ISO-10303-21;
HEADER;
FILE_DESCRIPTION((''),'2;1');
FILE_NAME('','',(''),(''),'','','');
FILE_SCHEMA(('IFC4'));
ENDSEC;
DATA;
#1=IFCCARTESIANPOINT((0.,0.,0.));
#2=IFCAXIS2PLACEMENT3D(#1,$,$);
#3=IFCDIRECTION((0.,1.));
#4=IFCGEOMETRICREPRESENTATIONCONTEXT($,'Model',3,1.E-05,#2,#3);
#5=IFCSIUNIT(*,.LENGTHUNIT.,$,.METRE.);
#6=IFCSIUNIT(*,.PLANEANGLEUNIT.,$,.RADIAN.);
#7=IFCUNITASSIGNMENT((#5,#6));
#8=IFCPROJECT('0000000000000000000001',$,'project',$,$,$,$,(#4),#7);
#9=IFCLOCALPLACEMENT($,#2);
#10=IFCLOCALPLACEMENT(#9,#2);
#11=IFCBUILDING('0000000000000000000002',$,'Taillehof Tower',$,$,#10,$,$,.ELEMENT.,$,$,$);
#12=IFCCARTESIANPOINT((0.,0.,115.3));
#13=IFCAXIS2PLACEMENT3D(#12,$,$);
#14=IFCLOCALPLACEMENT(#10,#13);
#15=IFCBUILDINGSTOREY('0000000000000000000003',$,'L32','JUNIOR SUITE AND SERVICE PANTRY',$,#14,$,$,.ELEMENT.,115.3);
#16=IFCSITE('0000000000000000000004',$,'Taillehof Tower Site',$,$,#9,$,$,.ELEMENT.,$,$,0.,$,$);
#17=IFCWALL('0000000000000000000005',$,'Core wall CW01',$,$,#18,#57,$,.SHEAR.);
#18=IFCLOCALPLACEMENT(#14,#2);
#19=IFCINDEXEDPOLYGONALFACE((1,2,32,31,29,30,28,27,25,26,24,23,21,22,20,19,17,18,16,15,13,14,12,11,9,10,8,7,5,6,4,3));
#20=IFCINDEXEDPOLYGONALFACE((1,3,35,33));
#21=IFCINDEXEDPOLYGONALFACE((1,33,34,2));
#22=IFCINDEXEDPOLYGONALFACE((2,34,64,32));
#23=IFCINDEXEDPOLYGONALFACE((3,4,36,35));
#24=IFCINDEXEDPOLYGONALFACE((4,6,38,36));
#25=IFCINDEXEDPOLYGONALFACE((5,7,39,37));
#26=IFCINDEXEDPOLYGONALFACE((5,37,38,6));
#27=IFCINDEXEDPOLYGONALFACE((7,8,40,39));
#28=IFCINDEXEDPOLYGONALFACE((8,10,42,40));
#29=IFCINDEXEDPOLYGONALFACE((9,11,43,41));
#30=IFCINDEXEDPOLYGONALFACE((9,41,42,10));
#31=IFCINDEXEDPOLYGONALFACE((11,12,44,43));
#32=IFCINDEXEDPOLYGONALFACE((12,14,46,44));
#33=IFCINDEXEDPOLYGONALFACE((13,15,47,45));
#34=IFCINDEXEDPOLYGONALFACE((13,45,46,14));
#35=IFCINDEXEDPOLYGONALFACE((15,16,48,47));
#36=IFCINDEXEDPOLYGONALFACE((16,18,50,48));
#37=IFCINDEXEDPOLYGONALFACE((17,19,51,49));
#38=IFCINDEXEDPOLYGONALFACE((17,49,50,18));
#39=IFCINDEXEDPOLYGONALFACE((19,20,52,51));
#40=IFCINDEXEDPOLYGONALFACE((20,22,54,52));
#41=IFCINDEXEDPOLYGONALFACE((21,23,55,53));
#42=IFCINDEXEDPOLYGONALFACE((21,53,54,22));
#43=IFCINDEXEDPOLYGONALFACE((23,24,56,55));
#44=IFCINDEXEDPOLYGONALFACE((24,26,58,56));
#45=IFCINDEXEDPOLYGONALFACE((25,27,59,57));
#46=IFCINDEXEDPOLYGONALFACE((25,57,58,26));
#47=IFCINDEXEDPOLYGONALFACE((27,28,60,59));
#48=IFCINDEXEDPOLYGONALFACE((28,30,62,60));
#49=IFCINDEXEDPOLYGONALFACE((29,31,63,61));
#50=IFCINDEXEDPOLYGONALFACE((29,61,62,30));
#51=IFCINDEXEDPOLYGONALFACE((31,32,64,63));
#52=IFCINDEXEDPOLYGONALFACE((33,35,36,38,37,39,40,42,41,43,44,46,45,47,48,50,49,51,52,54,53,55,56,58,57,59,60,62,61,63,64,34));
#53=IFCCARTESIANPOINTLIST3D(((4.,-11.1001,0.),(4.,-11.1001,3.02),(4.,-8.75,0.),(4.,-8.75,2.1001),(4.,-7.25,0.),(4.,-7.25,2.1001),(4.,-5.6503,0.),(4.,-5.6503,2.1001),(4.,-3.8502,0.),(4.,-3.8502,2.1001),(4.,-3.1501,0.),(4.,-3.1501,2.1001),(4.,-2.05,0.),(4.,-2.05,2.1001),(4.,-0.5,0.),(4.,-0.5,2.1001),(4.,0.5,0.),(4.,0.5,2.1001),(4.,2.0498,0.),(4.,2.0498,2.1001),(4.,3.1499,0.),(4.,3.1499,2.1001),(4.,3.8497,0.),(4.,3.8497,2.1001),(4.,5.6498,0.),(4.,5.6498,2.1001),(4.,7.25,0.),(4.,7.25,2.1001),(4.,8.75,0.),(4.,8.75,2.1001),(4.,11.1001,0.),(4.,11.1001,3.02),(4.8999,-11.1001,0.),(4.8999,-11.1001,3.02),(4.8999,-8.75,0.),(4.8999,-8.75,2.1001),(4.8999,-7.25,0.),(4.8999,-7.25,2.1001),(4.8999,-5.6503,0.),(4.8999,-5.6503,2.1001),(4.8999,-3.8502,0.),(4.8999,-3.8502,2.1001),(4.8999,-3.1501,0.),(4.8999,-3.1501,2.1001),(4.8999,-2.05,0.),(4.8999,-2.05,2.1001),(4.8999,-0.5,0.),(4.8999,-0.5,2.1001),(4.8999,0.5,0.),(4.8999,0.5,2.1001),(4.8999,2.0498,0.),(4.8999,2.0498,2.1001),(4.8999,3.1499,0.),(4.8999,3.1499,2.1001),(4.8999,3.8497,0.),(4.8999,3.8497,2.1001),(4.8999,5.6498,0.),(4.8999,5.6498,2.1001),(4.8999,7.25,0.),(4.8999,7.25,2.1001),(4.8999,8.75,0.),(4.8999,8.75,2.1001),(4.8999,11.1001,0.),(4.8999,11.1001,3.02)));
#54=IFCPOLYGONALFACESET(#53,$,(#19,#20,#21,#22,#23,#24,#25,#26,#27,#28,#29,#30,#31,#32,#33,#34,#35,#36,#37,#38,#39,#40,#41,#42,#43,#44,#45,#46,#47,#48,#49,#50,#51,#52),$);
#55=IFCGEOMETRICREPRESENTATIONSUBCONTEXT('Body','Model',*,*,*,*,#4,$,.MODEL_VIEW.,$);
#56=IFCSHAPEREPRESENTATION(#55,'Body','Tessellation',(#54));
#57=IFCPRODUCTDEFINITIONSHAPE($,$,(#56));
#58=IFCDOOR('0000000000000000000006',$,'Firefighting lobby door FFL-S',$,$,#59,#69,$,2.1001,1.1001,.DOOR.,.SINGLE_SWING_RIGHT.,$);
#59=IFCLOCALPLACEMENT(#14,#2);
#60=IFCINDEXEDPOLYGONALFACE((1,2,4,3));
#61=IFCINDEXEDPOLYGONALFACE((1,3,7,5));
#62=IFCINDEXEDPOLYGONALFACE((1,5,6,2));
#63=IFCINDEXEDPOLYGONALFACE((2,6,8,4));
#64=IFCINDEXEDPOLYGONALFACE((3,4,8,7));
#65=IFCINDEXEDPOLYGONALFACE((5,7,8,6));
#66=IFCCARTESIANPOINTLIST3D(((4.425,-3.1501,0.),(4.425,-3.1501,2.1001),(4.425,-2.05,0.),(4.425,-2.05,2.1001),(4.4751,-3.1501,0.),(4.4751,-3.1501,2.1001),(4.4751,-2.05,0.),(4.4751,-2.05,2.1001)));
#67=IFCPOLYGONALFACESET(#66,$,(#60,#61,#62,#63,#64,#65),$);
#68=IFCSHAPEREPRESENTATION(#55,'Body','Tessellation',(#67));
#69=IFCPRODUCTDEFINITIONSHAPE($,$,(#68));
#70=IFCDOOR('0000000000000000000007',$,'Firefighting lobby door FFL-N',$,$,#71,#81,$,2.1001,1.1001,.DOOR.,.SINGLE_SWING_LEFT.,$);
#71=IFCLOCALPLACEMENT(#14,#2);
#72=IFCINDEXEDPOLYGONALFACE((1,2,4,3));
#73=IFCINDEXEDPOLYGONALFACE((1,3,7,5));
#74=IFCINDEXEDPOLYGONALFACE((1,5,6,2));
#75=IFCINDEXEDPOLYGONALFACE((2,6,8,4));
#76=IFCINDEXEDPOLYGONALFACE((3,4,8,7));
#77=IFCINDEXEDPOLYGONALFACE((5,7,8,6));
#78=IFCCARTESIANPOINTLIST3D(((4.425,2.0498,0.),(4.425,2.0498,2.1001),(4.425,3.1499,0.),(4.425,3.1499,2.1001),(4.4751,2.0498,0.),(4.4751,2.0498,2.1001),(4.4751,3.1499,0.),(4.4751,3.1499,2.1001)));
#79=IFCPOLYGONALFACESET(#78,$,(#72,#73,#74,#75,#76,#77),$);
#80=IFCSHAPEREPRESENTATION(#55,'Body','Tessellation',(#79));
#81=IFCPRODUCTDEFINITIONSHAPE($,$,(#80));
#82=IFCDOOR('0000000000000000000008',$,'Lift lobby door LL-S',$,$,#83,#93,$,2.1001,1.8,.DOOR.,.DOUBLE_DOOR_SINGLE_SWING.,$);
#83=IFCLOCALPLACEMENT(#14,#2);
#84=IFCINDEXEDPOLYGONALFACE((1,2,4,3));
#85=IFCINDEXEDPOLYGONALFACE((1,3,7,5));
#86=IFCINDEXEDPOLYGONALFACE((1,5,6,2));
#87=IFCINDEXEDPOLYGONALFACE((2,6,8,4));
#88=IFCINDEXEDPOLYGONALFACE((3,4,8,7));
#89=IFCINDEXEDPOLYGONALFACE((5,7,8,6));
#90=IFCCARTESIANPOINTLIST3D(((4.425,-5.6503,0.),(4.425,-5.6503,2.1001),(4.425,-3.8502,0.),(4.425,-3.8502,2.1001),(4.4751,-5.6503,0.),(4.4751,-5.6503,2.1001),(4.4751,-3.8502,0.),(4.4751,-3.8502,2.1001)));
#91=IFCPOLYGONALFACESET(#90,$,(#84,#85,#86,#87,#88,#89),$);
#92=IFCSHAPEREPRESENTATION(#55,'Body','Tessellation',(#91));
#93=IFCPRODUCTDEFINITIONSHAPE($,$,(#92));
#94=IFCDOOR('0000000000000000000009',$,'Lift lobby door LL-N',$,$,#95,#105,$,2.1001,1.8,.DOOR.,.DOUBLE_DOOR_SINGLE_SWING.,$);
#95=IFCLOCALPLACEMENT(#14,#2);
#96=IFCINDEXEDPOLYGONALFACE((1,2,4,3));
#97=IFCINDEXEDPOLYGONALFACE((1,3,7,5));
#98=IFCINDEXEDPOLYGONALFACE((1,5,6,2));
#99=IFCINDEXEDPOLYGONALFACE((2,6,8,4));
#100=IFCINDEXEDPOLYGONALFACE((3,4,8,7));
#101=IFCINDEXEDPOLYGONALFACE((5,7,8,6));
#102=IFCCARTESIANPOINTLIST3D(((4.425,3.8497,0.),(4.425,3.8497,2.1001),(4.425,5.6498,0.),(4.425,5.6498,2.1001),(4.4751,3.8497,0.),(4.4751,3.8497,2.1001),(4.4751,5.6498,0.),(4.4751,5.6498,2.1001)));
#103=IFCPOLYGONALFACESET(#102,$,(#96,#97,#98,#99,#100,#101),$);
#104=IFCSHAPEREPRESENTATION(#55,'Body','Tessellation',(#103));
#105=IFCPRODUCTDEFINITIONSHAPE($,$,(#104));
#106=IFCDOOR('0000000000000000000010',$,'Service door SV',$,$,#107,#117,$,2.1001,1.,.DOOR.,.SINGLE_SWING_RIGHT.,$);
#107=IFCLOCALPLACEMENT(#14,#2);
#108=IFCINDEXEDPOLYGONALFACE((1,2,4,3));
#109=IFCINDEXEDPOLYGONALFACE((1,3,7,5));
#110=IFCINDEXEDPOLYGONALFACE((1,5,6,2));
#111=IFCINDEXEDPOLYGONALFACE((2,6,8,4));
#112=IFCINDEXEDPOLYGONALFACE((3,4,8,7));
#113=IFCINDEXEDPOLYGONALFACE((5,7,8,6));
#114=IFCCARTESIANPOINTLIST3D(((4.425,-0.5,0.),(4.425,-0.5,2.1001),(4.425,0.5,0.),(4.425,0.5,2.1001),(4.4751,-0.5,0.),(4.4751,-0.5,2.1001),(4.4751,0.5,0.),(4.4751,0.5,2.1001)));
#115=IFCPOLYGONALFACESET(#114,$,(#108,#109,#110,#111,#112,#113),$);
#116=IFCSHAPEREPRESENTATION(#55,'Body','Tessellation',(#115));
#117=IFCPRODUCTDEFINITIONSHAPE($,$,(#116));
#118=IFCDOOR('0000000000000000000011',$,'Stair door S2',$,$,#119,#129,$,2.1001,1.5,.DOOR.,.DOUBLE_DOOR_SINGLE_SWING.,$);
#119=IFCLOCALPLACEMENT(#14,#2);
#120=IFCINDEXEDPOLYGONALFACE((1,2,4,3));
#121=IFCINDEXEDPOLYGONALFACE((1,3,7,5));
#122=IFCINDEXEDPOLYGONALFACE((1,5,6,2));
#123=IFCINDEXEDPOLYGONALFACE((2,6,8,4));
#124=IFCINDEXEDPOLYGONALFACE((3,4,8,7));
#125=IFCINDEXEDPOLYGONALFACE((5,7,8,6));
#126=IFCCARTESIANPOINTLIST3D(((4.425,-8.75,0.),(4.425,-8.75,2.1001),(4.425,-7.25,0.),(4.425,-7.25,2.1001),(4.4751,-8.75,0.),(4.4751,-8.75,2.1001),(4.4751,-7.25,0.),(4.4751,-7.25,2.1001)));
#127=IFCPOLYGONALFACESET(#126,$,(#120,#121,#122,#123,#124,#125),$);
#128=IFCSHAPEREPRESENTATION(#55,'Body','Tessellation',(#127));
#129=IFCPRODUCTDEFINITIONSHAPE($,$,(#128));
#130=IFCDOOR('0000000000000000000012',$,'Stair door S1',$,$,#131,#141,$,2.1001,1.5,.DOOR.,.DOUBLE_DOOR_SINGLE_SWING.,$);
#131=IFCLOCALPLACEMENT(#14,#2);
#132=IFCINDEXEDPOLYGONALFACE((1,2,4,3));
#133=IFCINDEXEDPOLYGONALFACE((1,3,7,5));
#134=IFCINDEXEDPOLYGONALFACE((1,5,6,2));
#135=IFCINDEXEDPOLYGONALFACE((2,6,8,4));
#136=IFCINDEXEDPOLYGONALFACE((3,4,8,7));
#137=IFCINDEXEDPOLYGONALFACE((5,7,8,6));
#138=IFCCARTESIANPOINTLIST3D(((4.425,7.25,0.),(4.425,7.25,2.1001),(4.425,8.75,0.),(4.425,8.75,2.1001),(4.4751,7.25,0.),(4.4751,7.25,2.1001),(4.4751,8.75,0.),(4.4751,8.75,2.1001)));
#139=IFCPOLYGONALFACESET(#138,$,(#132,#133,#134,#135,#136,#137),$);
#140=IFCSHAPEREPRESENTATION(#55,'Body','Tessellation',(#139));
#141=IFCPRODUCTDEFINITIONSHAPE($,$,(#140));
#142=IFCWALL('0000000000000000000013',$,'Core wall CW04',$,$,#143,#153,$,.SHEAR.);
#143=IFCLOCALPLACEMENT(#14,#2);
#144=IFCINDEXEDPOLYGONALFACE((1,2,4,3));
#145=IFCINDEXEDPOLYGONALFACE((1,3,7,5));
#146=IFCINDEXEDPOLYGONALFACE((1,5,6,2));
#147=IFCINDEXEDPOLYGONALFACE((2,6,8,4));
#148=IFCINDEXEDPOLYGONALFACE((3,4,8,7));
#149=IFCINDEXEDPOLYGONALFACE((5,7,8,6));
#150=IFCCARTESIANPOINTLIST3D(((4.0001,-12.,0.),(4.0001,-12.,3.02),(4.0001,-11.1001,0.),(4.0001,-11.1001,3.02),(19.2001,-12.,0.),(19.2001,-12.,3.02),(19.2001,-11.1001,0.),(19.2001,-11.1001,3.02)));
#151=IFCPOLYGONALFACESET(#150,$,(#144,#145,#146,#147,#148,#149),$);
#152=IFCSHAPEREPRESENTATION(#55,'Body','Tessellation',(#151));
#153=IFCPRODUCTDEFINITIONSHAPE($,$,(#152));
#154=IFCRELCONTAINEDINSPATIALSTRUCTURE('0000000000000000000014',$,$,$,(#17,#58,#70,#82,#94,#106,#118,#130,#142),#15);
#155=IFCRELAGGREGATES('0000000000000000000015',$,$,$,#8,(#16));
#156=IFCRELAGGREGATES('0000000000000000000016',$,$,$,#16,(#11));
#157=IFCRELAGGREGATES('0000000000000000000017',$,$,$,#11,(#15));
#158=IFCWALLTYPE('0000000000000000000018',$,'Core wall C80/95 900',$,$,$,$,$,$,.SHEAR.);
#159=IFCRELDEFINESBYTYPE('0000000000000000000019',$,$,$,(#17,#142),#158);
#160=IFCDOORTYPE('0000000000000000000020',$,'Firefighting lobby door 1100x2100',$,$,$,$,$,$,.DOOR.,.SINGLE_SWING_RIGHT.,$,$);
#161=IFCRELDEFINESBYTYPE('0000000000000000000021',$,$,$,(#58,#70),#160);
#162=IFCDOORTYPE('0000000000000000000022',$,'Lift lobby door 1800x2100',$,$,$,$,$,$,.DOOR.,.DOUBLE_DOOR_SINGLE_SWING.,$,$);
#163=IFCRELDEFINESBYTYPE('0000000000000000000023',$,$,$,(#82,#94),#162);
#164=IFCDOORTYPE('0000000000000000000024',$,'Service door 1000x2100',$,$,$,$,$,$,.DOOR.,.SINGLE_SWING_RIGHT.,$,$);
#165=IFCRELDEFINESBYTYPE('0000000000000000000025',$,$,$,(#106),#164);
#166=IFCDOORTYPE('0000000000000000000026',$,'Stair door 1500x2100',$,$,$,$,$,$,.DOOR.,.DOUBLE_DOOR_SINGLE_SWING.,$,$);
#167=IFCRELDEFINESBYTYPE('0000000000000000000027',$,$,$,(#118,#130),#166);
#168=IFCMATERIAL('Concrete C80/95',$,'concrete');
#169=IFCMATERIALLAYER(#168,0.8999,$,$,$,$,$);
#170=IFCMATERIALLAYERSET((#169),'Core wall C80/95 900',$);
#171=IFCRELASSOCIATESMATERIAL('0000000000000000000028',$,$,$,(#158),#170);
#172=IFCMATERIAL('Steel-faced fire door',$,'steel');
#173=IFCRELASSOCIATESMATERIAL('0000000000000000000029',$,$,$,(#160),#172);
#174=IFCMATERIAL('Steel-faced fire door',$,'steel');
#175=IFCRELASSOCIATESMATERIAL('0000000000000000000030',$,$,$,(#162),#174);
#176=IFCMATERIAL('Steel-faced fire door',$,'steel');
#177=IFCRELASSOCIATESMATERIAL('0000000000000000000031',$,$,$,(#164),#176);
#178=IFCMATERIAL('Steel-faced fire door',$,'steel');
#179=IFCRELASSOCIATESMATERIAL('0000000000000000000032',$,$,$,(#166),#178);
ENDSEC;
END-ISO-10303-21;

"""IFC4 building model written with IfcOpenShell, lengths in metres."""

from ifc_helpers import new_model, si_unit, direction, frame, frame_2d, origin, place, context, subcontext, project, spatial, rectangle, extrude, material, layer, layer_set, type_object, element, fill, save


model = new_model("IFC4")

# Units and contexts
model_context = context("Model", 3, precision=1e-05, world=origin(), true_north=direction((0.0, 1.0)))
body_context = subcontext(model_context, "Body", "Model", "MODEL_VIEW")
ifc_project = project(units=[si_unit("LENGTHUNIT", "METRE"), si_unit("PLANEANGLEUNIT", "RADIAN")], contexts=[model_context])

# Site, building, storey
site_placement = place(None, origin())
site = spatial("IfcSite", under=ifc_project, at=site_placement, Name="Taillehof Tower Site", CompositionType="ELEMENT", RefElevation=0.0)
building_placement = place(site_placement, origin())
building = spatial("IfcBuilding", under=site, at=building_placement, Name="Taillehof Tower", CompositionType="ELEMENT")
storey_placement = place(building_placement, frame((0.0, 0.0, 115.3)))
storey = spatial("IfcBuildingStorey", under=building, at=storey_placement, Name="L32", Description="JUNIOR SUITE AND SERVICE PANTRY", CompositionType="ELEMENT", Elevation=115.3)

# Wall, openings, doors
ifc_material_1 = material(Name="Concrete C80/95", Category="concrete")
ifc_layer_1 = layer(ifc_material_1, 0.8999)
ifc_layer_set_1 = layer_set([ifc_layer_1], Name="Core wall C80/95 900")
wall_type_1 = type_object("IfcWallType", Name="Core wall C80/95 900", PredefinedType="SHEAR", material=ifc_layer_set_1)
wall_1_placement = place(storey_placement, frame((4.45, -11.1001, 0.0), z_axis=(0.0, 0.0, 1.0), x_axis=(0.0, 1.0, 0.0)))
wall_1 = element("IfcWall", 1, at=wall_1_placement, inside=storey, type_object=wall_type_1, Name="Core wall CW01", PredefinedType="SHEAR", context=body_context, shape_type="SweptSolid", body=[
    extrude(rectangle(XDim=22.2002, YDim=0.8999, at=frame_2d((11.1001, 0.0))), origin(), (0.0, 0.0, 1.0), 3.02),
])
opening_1_placement = place(wall_1_placement, frame((2.3501, 0.0, 0.0)))
opening_1 = element("IfcOpeningElement", 2, at=opening_1_placement, cuts=wall_1, PredefinedType="OPENING", context=body_context, shape_type="SweptSolid", body=[
    extrude(rectangle(XDim=1.5, YDim=2.1001, at=frame_2d((0.75, 1.05))), frame((0.0, 0.46, 0.0), z_axis=(0.0, -1.0, 0.0), x_axis=(1.0, 0.0, 0.0)), (0.0, 0.0, 1.0), 0.9199),
])
opening_2_placement = place(wall_1_placement, frame((5.45, 0.0, 0.0)))
opening_2 = element("IfcOpeningElement", 3, at=opening_2_placement, cuts=wall_1, PredefinedType="OPENING", context=body_context, shape_type="SweptSolid", body=[
    extrude(rectangle(XDim=1.8, YDim=2.1001, at=frame_2d((0.8999, 1.05))), frame((0.0, 0.46, 0.0), z_axis=(0.0, -1.0, 0.0), x_axis=(1.0, 0.0, 0.0)), (0.0, 0.0, 1.0), 0.9199),
])
opening_3_placement = place(wall_1_placement, frame((7.95, 0.0, 0.0)))
opening_3 = element("IfcOpeningElement", 4, at=opening_3_placement, cuts=wall_1, PredefinedType="OPENING", context=body_context, shape_type="SweptSolid", body=[
    extrude(rectangle(XDim=1.1001, YDim=2.1001, at=frame_2d((0.55, 1.05))), frame((0.0, 0.46, 0.0), z_axis=(0.0, -1.0, 0.0), x_axis=(1.0, 0.0, 0.0)), (0.0, 0.0, 1.0), 0.9199),
])
opening_4_placement = place(wall_1_placement, frame((10.6001, 0.0, 0.0)))
opening_4 = element("IfcOpeningElement", 5, at=opening_4_placement, cuts=wall_1, PredefinedType="OPENING", context=body_context, shape_type="SweptSolid", body=[
    extrude(rectangle(XDim=1.0, YDim=2.1001, at=frame_2d((0.5, 1.05))), frame((0.0, 0.46, 0.0), z_axis=(0.0, -1.0, 0.0), x_axis=(1.0, 0.0, 0.0)), (0.0, 0.0, 1.0), 0.9199),
])
opening_5_placement = place(wall_1_placement, frame((13.1499, 0.0, 0.0)))
opening_5 = element("IfcOpeningElement", 6, at=opening_5_placement, cuts=wall_1, PredefinedType="OPENING", context=body_context, shape_type="SweptSolid", body=[
    extrude(rectangle(XDim=1.1001, YDim=2.1001, at=frame_2d((0.55, 1.05))), frame((0.0, 0.46, 0.0), z_axis=(0.0, -1.0, 0.0), x_axis=(1.0, 0.0, 0.0)), (0.0, 0.0, 1.0), 0.9199),
])
opening_6_placement = place(wall_1_placement, frame((14.95, 0.0, 0.0)))
opening_6 = element("IfcOpeningElement", 7, at=opening_6_placement, cuts=wall_1, PredefinedType="OPENING", context=body_context, shape_type="SweptSolid", body=[
    extrude(rectangle(XDim=1.8, YDim=2.1001, at=frame_2d((0.8999, 1.05))), frame((0.0, 0.46, 0.0), z_axis=(0.0, -1.0, 0.0), x_axis=(1.0, 0.0, 0.0)), (0.0, 0.0, 1.0), 0.9199),
])
opening_7_placement = place(wall_1_placement, frame((18.3501, 0.0, 0.0)))
opening_7 = element("IfcOpeningElement", 8, at=opening_7_placement, cuts=wall_1, PredefinedType="OPENING", context=body_context, shape_type="SweptSolid", body=[
    extrude(rectangle(XDim=1.5, YDim=2.1001, at=frame_2d((0.75, 1.05))), frame((0.0, 0.46, 0.0), z_axis=(0.0, -1.0, 0.0), x_axis=(1.0, 0.0, 0.0)), (0.0, 0.0, 1.0), 0.9199),
])
ifc_material_2 = material(Name="Steel-faced fire door", Category="steel")
door_type_1 = type_object("IfcDoorType", Name="Firefighting lobby door 1100x2100", OperationType="SINGLE_SWING_RIGHT", PredefinedType="DOOR", material=ifc_material_2)
door_1_placement = place(opening_3_placement, origin())
door_1 = element("IfcDoor", 9, at=door_1_placement, inside=storey, type_object=door_type_1, Name="Firefighting lobby door FFL-S", OperationType="SINGLE_SWING_RIGHT", OverallHeight=2.1001, OverallWidth=1.1001, PredefinedType="DOOR", context=body_context, shape_type="SweptSolid", body=[
    extrude(rectangle(XDim=1.1001, YDim=2.1001, at=frame_2d((0.55, 1.05))), frame((0.0, 0.0249, 0.0), z_axis=(0.0, -1.0, 0.0), x_axis=(1.0, 0.0, 0.0)), (0.0, 0.0, 1.0), 0.05),
])
fill(opening_3, door_1)
door_2_placement = place(opening_5_placement, origin())
door_2 = element("IfcDoor", 10, at=door_2_placement, inside=storey, type_object=door_type_1, Name="Firefighting lobby door FFL-N", OperationType="SINGLE_SWING_LEFT", OverallHeight=2.1001, OverallWidth=1.1001, PredefinedType="DOOR", context=body_context, shape_type="SweptSolid", body=[
    extrude(rectangle(XDim=1.1001, YDim=2.1001, at=frame_2d((0.55, 1.05))), frame((0.0, 0.0249, 0.0), z_axis=(0.0, -1.0, 0.0), x_axis=(1.0, 0.0, 0.0)), (0.0, 0.0, 1.0), 0.05),
])
fill(opening_5, door_2)
ifc_material_3 = material(Name="Steel-faced fire door", Category="steel")
door_type_2 = type_object("IfcDoorType", Name="Lift lobby door 1800x2100", OperationType="DOUBLE_DOOR_SINGLE_SWING", PredefinedType="DOOR", material=ifc_material_3)
door_3_placement = place(opening_2_placement, origin())
door_3 = element("IfcDoor", 11, at=door_3_placement, inside=storey, type_object=door_type_2, Name="Lift lobby door LL-S", OperationType="DOUBLE_DOOR_SINGLE_SWING", OverallHeight=2.1001, OverallWidth=1.8, PredefinedType="DOOR", context=body_context, shape_type="SweptSolid", body=[
    extrude(rectangle(XDim=1.8, YDim=2.1001, at=frame_2d((0.8999, 1.05))), frame((0.0, 0.0249, 0.0), z_axis=(0.0, -1.0, 0.0), x_axis=(1.0, 0.0, 0.0)), (0.0, 0.0, 1.0), 0.05),
])
fill(opening_2, door_3)
door_4_placement = place(opening_6_placement, origin())
door_4 = element("IfcDoor", 12, at=door_4_placement, inside=storey, type_object=door_type_2, Name="Lift lobby door LL-N", OperationType="DOUBLE_DOOR_SINGLE_SWING", OverallHeight=2.1001, OverallWidth=1.8, PredefinedType="DOOR", context=body_context, shape_type="SweptSolid", body=[
    extrude(rectangle(XDim=1.8, YDim=2.1001, at=frame_2d((0.8999, 1.05))), frame((0.0, 0.0249, 0.0), z_axis=(0.0, -1.0, 0.0), x_axis=(1.0, 0.0, 0.0)), (0.0, 0.0, 1.0), 0.05),
])
fill(opening_6, door_4)
ifc_material_4 = material(Name="Steel-faced fire door", Category="steel")
door_type_3 = type_object("IfcDoorType", Name="Service door 1000x2100", OperationType="SINGLE_SWING_RIGHT", PredefinedType="DOOR", material=ifc_material_4)
door_5_placement = place(opening_4_placement, origin())
door_5 = element("IfcDoor", 13, at=door_5_placement, inside=storey, type_object=door_type_3, Name="Service door SV", OperationType="SINGLE_SWING_RIGHT", OverallHeight=2.1001, OverallWidth=1.0, PredefinedType="DOOR", context=body_context, shape_type="SweptSolid", body=[
    extrude(rectangle(XDim=1.0, YDim=2.1001, at=frame_2d((0.5, 1.05))), frame((0.0, 0.0249, 0.0), z_axis=(0.0, -1.0, 0.0), x_axis=(1.0, 0.0, 0.0)), (0.0, 0.0, 1.0), 0.05),
])
fill(opening_4, door_5)
ifc_material_5 = material(Name="Steel-faced fire door", Category="steel")
door_type_4 = type_object("IfcDoorType", Name="Stair door 1500x2100", OperationType="DOUBLE_DOOR_SINGLE_SWING", PredefinedType="DOOR", material=ifc_material_5)
door_6_placement = place(opening_1_placement, origin())
door_6 = element("IfcDoor", 14, at=door_6_placement, inside=storey, type_object=door_type_4, Name="Stair door S2", OperationType="DOUBLE_DOOR_SINGLE_SWING", OverallHeight=2.1001, OverallWidth=1.5, PredefinedType="DOOR", context=body_context, shape_type="SweptSolid", body=[
    extrude(rectangle(XDim=1.5, YDim=2.1001, at=frame_2d((0.75, 1.05))), frame((0.0, 0.0249, 0.0), z_axis=(0.0, -1.0, 0.0), x_axis=(1.0, 0.0, 0.0)), (0.0, 0.0, 1.0), 0.05),
])
fill(opening_1, door_6)
door_7_placement = place(opening_7_placement, origin())
door_7 = element("IfcDoor", 15, at=door_7_placement, inside=storey, type_object=door_type_4, Name="Stair door S1", OperationType="DOUBLE_DOOR_SINGLE_SWING", OverallHeight=2.1001, OverallWidth=1.5, PredefinedType="DOOR", context=body_context, shape_type="SweptSolid", body=[
    extrude(rectangle(XDim=1.5, YDim=2.1001, at=frame_2d((0.75, 1.05))), frame((0.0, 0.0249, 0.0), z_axis=(0.0, -1.0, 0.0), x_axis=(1.0, 0.0, 0.0)), (0.0, 0.0, 1.0), 0.05),
])
fill(opening_7, door_7)

# Wall
wall_2_placement = place(storey_placement, frame((4.0, -11.55, 0.0), z_axis=(0.0, 0.0, 1.0), x_axis=(1.0, 0.0, 0.0)))
element("IfcWall", 16, at=wall_2_placement, inside=storey, type_object=wall_type_1, Name="Core wall CW04", PredefinedType="SHEAR", context=body_context, shape_type="SweptSolid", body=[
    extrude(rectangle(XDim=15.2, YDim=0.8999, at=frame_2d((7.6001, 0.0))), origin(), (0.0, 0.0, 1.0), 3.02),
])

save(model, "model.ifc")
